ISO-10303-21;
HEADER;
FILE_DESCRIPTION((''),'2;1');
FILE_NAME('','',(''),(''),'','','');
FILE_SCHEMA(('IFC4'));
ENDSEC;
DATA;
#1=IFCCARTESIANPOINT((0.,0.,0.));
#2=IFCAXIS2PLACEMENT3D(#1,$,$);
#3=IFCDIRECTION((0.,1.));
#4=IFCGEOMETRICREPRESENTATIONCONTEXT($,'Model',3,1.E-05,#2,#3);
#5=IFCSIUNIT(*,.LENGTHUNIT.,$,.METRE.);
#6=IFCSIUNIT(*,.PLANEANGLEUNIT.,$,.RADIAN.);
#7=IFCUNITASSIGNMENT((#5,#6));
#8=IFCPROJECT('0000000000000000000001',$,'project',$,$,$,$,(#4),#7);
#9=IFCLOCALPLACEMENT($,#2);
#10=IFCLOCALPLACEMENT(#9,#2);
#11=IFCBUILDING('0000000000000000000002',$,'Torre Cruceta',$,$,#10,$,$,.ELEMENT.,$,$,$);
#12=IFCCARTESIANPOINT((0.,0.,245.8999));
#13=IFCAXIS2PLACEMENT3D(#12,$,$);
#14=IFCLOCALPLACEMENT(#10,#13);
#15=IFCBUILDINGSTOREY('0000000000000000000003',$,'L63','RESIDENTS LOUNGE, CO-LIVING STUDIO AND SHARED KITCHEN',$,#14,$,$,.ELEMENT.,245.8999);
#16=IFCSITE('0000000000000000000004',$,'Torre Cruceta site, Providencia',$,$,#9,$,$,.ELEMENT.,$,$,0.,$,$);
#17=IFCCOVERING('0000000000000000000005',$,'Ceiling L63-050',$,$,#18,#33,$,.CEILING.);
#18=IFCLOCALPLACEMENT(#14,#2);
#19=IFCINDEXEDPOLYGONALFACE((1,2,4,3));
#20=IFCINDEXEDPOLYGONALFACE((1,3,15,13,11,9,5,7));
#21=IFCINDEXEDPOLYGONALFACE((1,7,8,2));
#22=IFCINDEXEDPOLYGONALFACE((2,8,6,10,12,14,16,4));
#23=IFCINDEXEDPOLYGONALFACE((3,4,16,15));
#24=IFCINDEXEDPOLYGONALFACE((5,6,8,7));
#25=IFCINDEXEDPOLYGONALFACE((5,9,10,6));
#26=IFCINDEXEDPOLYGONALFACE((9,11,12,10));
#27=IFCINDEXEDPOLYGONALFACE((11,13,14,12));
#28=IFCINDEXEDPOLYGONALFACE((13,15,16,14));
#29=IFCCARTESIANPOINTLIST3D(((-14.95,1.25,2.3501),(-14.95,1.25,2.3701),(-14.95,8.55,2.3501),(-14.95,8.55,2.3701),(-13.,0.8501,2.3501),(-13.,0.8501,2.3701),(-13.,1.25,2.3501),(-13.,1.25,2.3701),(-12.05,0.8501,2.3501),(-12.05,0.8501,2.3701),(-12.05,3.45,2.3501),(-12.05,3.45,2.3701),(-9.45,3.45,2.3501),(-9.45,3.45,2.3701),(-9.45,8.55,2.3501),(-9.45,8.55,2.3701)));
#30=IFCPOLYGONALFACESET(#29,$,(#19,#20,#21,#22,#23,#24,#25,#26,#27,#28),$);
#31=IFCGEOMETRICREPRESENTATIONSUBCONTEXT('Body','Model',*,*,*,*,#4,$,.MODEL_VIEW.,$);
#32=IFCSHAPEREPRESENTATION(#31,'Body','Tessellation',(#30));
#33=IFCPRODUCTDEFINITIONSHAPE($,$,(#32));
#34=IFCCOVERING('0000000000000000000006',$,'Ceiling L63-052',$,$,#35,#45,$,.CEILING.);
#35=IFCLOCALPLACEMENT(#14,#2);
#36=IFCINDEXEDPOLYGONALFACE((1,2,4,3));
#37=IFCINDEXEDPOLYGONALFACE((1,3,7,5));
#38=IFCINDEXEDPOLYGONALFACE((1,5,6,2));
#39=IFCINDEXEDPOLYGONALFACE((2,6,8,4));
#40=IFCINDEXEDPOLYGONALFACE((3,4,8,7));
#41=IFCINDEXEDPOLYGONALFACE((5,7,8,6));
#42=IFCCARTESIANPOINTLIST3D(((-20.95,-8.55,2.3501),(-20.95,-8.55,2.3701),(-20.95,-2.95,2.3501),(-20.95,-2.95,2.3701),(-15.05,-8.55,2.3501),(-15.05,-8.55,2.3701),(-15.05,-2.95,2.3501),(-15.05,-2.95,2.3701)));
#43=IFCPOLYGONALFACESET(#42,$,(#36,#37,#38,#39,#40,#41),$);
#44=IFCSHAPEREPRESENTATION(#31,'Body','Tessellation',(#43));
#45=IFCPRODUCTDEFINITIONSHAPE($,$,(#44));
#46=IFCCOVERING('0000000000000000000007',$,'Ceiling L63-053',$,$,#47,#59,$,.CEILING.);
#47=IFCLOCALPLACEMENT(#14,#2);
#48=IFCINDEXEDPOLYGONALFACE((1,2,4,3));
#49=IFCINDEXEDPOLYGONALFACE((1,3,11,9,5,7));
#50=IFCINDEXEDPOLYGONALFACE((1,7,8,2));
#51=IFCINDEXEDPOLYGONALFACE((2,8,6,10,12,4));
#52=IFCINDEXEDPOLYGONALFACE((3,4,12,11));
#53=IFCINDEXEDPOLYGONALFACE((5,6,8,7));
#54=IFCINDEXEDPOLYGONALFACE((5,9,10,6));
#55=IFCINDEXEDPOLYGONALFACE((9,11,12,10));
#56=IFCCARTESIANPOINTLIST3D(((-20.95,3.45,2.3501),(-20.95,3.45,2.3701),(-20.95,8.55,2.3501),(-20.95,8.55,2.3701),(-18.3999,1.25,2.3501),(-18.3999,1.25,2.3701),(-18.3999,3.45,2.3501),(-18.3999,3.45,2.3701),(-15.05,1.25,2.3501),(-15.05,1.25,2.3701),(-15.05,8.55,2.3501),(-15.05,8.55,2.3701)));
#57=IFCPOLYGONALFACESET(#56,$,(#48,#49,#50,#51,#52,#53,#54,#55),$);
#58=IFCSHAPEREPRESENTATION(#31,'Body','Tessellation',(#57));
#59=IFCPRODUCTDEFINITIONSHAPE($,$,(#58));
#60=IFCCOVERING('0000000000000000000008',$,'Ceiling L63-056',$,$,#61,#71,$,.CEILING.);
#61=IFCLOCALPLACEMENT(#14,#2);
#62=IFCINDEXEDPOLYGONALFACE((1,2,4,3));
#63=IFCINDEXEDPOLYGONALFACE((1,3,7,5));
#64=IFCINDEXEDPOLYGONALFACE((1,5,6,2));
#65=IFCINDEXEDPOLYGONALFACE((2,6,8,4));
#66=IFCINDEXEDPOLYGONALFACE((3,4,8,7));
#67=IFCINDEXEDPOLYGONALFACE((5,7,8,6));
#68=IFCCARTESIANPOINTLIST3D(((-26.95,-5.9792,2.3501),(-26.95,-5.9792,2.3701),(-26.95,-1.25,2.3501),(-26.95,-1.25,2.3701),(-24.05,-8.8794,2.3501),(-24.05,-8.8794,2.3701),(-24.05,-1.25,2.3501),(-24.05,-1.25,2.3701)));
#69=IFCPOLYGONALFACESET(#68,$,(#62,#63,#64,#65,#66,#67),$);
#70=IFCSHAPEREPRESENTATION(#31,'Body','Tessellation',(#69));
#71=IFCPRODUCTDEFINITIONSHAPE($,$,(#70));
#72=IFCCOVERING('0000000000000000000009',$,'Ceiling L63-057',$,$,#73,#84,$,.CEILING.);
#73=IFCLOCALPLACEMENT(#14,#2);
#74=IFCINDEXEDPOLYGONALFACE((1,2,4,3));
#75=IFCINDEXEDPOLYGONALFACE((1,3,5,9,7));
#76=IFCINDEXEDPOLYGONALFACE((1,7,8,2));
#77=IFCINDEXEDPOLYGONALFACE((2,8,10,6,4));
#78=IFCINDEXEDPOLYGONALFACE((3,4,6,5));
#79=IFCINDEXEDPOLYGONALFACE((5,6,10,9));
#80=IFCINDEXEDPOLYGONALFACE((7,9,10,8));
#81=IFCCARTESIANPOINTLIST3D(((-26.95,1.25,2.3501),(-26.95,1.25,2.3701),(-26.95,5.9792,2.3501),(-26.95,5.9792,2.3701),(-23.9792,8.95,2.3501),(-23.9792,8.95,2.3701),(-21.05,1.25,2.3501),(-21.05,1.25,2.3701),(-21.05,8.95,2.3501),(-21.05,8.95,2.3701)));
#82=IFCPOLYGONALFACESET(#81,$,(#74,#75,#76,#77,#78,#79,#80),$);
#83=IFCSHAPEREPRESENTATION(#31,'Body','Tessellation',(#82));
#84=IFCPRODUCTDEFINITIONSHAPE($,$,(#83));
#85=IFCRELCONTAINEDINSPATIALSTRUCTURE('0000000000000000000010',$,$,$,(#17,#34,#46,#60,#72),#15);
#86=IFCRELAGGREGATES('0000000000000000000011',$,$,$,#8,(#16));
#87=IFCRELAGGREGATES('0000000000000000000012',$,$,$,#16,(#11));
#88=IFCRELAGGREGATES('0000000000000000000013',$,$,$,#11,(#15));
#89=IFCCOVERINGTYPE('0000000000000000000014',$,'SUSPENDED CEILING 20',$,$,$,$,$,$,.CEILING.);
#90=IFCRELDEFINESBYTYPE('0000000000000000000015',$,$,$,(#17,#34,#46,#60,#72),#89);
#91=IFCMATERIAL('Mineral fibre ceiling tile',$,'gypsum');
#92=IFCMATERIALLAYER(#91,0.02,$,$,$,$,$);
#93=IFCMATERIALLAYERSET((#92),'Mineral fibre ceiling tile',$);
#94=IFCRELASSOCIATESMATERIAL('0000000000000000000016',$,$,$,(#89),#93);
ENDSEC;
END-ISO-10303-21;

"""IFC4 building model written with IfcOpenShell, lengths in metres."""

from ifc_helpers import new_model, si_unit, direction, frame, origin, place, context, subcontext, project, spatial, polyline, outline, extrude, material, layer, layer_set, type_object, element, save


model = new_model("IFC4")

# Units and contexts
model_context = context("Model", 3, precision=1e-05, world=origin(), true_north=direction((0.0, 1.0)))
body_context = subcontext(model_context, "Body", "Model", "MODEL_VIEW")
ifc_project = project(units=[si_unit("LENGTHUNIT", "METRE"), si_unit("PLANEANGLEUNIT", "RADIAN")], contexts=[model_context])

# Site, building, storey
site_placement = place(None, origin())
site = spatial("IfcSite", under=ifc_project, at=site_placement, Name="Torre Cruceta site, Providencia", CompositionType="ELEMENT", RefElevation=0.0)
building_placement = place(site_placement, origin())
building = spatial("IfcBuilding", under=site, at=building_placement, Name="Torre Cruceta", CompositionType="ELEMENT")
storey_placement = place(building_placement, frame((0.0, 0.0, 245.8999)))
storey = spatial("IfcBuildingStorey", under=building, at=storey_placement, Name="L63", Description="RESIDENTS LOUNGE, CO-LIVING STUDIO AND SHARED KITCHEN", CompositionType="ELEMENT", Elevation=245.8999)

# Coverings
ifc_material_1 = material(Name="Mineral fibre ceiling tile", Category="gypsum")
ifc_layer_1 = layer(ifc_material_1, 0.02)
ifc_layer_set_1 = layer_set([ifc_layer_1], Name="Mineral fibre ceiling tile")
covering_type_1 = type_object("IfcCoveringType", Name="SUSPENDED CEILING 20", PredefinedType="CEILING", material=ifc_layer_set_1)
covering_1_placement = place(storey_placement, frame((0.0, 0.0, 2.3501)))
element("IfcCovering", 1, at=covering_1_placement, inside=storey, type_object=covering_type_1, Name="Ceiling L63-050", PredefinedType="CEILING", context=body_context, shape_type="SweptSolid", body=[
    extrude(outline(polyline([(-14.95, 8.55), (-9.45, 8.55), (-9.45, 3.45), (-12.05, 3.45), (-12.05, 0.8501), (-13.0, 0.8501), (-13.0, 1.25), (-14.95, 1.25), (-14.95, 8.55)])), origin(), (0.0, 0.0, 1.0), 0.02),
])
covering_2_placement = place(storey_placement, frame((0.0, 0.0, 2.3501)))
element("IfcCovering", 2, at=covering_2_placement, inside=storey, type_object=covering_type_1, Name="Ceiling L63-052", PredefinedType="CEILING", context=body_context, shape_type="SweptSolid", body=[
    extrude(outline(polyline([(-15.05, -2.95), (-15.05, -8.55), (-20.95, -8.55), (-20.95, -2.95), (-15.05, -2.95)])), origin(), (0.0, 0.0, 1.0), 0.02),
])
covering_3_placement = place(storey_placement, frame((0.0, 0.0, 2.3501)))
element("IfcCovering", 3, at=covering_3_placement, inside=storey, type_object=covering_type_1, Name="Ceiling L63-053", PredefinedType="CEILING", context=body_context, shape_type="SweptSolid", body=[
    extrude(outline(polyline([(-15.05, 8.55), (-15.05, 1.25), (-18.3999, 1.25), (-18.3999, 3.45), (-20.95, 3.45), (-20.95, 8.55), (-15.05, 8.55)])), origin(), (0.0, 0.0, 1.0), 0.02),
])
covering_4_placement = place(storey_placement, frame((0.0, 0.0, 2.3501)))
element("IfcCovering", 4, at=covering_4_placement, inside=storey, type_object=covering_type_1, Name="Ceiling L63-056", PredefinedType="CEILING", context=body_context, shape_type="SweptSolid", body=[
    extrude(outline(polyline([(-26.95, -1.25), (-24.05, -1.25), (-24.05, -8.8794), (-26.95, -5.9792), (-26.95, -1.25)])), origin(), (0.0, 0.0, 1.0), 0.02),
])
covering_5_placement = place(storey_placement, frame((0.0, 0.0, 2.3501)))
element("IfcCovering", 5, at=covering_5_placement, inside=storey, type_object=covering_type_1, Name="Ceiling L63-057", PredefinedType="CEILING", context=body_context, shape_type="SweptSolid", body=[
    extrude(outline(polyline([(-23.9792, 8.95), (-21.05, 8.95), (-21.05, 1.25), (-26.95, 1.25), (-26.95, 5.9792), (-23.9792, 8.95)])), origin(), (0.0, 0.0, 1.0), 0.02),
])

save(model, "model.ifc")
